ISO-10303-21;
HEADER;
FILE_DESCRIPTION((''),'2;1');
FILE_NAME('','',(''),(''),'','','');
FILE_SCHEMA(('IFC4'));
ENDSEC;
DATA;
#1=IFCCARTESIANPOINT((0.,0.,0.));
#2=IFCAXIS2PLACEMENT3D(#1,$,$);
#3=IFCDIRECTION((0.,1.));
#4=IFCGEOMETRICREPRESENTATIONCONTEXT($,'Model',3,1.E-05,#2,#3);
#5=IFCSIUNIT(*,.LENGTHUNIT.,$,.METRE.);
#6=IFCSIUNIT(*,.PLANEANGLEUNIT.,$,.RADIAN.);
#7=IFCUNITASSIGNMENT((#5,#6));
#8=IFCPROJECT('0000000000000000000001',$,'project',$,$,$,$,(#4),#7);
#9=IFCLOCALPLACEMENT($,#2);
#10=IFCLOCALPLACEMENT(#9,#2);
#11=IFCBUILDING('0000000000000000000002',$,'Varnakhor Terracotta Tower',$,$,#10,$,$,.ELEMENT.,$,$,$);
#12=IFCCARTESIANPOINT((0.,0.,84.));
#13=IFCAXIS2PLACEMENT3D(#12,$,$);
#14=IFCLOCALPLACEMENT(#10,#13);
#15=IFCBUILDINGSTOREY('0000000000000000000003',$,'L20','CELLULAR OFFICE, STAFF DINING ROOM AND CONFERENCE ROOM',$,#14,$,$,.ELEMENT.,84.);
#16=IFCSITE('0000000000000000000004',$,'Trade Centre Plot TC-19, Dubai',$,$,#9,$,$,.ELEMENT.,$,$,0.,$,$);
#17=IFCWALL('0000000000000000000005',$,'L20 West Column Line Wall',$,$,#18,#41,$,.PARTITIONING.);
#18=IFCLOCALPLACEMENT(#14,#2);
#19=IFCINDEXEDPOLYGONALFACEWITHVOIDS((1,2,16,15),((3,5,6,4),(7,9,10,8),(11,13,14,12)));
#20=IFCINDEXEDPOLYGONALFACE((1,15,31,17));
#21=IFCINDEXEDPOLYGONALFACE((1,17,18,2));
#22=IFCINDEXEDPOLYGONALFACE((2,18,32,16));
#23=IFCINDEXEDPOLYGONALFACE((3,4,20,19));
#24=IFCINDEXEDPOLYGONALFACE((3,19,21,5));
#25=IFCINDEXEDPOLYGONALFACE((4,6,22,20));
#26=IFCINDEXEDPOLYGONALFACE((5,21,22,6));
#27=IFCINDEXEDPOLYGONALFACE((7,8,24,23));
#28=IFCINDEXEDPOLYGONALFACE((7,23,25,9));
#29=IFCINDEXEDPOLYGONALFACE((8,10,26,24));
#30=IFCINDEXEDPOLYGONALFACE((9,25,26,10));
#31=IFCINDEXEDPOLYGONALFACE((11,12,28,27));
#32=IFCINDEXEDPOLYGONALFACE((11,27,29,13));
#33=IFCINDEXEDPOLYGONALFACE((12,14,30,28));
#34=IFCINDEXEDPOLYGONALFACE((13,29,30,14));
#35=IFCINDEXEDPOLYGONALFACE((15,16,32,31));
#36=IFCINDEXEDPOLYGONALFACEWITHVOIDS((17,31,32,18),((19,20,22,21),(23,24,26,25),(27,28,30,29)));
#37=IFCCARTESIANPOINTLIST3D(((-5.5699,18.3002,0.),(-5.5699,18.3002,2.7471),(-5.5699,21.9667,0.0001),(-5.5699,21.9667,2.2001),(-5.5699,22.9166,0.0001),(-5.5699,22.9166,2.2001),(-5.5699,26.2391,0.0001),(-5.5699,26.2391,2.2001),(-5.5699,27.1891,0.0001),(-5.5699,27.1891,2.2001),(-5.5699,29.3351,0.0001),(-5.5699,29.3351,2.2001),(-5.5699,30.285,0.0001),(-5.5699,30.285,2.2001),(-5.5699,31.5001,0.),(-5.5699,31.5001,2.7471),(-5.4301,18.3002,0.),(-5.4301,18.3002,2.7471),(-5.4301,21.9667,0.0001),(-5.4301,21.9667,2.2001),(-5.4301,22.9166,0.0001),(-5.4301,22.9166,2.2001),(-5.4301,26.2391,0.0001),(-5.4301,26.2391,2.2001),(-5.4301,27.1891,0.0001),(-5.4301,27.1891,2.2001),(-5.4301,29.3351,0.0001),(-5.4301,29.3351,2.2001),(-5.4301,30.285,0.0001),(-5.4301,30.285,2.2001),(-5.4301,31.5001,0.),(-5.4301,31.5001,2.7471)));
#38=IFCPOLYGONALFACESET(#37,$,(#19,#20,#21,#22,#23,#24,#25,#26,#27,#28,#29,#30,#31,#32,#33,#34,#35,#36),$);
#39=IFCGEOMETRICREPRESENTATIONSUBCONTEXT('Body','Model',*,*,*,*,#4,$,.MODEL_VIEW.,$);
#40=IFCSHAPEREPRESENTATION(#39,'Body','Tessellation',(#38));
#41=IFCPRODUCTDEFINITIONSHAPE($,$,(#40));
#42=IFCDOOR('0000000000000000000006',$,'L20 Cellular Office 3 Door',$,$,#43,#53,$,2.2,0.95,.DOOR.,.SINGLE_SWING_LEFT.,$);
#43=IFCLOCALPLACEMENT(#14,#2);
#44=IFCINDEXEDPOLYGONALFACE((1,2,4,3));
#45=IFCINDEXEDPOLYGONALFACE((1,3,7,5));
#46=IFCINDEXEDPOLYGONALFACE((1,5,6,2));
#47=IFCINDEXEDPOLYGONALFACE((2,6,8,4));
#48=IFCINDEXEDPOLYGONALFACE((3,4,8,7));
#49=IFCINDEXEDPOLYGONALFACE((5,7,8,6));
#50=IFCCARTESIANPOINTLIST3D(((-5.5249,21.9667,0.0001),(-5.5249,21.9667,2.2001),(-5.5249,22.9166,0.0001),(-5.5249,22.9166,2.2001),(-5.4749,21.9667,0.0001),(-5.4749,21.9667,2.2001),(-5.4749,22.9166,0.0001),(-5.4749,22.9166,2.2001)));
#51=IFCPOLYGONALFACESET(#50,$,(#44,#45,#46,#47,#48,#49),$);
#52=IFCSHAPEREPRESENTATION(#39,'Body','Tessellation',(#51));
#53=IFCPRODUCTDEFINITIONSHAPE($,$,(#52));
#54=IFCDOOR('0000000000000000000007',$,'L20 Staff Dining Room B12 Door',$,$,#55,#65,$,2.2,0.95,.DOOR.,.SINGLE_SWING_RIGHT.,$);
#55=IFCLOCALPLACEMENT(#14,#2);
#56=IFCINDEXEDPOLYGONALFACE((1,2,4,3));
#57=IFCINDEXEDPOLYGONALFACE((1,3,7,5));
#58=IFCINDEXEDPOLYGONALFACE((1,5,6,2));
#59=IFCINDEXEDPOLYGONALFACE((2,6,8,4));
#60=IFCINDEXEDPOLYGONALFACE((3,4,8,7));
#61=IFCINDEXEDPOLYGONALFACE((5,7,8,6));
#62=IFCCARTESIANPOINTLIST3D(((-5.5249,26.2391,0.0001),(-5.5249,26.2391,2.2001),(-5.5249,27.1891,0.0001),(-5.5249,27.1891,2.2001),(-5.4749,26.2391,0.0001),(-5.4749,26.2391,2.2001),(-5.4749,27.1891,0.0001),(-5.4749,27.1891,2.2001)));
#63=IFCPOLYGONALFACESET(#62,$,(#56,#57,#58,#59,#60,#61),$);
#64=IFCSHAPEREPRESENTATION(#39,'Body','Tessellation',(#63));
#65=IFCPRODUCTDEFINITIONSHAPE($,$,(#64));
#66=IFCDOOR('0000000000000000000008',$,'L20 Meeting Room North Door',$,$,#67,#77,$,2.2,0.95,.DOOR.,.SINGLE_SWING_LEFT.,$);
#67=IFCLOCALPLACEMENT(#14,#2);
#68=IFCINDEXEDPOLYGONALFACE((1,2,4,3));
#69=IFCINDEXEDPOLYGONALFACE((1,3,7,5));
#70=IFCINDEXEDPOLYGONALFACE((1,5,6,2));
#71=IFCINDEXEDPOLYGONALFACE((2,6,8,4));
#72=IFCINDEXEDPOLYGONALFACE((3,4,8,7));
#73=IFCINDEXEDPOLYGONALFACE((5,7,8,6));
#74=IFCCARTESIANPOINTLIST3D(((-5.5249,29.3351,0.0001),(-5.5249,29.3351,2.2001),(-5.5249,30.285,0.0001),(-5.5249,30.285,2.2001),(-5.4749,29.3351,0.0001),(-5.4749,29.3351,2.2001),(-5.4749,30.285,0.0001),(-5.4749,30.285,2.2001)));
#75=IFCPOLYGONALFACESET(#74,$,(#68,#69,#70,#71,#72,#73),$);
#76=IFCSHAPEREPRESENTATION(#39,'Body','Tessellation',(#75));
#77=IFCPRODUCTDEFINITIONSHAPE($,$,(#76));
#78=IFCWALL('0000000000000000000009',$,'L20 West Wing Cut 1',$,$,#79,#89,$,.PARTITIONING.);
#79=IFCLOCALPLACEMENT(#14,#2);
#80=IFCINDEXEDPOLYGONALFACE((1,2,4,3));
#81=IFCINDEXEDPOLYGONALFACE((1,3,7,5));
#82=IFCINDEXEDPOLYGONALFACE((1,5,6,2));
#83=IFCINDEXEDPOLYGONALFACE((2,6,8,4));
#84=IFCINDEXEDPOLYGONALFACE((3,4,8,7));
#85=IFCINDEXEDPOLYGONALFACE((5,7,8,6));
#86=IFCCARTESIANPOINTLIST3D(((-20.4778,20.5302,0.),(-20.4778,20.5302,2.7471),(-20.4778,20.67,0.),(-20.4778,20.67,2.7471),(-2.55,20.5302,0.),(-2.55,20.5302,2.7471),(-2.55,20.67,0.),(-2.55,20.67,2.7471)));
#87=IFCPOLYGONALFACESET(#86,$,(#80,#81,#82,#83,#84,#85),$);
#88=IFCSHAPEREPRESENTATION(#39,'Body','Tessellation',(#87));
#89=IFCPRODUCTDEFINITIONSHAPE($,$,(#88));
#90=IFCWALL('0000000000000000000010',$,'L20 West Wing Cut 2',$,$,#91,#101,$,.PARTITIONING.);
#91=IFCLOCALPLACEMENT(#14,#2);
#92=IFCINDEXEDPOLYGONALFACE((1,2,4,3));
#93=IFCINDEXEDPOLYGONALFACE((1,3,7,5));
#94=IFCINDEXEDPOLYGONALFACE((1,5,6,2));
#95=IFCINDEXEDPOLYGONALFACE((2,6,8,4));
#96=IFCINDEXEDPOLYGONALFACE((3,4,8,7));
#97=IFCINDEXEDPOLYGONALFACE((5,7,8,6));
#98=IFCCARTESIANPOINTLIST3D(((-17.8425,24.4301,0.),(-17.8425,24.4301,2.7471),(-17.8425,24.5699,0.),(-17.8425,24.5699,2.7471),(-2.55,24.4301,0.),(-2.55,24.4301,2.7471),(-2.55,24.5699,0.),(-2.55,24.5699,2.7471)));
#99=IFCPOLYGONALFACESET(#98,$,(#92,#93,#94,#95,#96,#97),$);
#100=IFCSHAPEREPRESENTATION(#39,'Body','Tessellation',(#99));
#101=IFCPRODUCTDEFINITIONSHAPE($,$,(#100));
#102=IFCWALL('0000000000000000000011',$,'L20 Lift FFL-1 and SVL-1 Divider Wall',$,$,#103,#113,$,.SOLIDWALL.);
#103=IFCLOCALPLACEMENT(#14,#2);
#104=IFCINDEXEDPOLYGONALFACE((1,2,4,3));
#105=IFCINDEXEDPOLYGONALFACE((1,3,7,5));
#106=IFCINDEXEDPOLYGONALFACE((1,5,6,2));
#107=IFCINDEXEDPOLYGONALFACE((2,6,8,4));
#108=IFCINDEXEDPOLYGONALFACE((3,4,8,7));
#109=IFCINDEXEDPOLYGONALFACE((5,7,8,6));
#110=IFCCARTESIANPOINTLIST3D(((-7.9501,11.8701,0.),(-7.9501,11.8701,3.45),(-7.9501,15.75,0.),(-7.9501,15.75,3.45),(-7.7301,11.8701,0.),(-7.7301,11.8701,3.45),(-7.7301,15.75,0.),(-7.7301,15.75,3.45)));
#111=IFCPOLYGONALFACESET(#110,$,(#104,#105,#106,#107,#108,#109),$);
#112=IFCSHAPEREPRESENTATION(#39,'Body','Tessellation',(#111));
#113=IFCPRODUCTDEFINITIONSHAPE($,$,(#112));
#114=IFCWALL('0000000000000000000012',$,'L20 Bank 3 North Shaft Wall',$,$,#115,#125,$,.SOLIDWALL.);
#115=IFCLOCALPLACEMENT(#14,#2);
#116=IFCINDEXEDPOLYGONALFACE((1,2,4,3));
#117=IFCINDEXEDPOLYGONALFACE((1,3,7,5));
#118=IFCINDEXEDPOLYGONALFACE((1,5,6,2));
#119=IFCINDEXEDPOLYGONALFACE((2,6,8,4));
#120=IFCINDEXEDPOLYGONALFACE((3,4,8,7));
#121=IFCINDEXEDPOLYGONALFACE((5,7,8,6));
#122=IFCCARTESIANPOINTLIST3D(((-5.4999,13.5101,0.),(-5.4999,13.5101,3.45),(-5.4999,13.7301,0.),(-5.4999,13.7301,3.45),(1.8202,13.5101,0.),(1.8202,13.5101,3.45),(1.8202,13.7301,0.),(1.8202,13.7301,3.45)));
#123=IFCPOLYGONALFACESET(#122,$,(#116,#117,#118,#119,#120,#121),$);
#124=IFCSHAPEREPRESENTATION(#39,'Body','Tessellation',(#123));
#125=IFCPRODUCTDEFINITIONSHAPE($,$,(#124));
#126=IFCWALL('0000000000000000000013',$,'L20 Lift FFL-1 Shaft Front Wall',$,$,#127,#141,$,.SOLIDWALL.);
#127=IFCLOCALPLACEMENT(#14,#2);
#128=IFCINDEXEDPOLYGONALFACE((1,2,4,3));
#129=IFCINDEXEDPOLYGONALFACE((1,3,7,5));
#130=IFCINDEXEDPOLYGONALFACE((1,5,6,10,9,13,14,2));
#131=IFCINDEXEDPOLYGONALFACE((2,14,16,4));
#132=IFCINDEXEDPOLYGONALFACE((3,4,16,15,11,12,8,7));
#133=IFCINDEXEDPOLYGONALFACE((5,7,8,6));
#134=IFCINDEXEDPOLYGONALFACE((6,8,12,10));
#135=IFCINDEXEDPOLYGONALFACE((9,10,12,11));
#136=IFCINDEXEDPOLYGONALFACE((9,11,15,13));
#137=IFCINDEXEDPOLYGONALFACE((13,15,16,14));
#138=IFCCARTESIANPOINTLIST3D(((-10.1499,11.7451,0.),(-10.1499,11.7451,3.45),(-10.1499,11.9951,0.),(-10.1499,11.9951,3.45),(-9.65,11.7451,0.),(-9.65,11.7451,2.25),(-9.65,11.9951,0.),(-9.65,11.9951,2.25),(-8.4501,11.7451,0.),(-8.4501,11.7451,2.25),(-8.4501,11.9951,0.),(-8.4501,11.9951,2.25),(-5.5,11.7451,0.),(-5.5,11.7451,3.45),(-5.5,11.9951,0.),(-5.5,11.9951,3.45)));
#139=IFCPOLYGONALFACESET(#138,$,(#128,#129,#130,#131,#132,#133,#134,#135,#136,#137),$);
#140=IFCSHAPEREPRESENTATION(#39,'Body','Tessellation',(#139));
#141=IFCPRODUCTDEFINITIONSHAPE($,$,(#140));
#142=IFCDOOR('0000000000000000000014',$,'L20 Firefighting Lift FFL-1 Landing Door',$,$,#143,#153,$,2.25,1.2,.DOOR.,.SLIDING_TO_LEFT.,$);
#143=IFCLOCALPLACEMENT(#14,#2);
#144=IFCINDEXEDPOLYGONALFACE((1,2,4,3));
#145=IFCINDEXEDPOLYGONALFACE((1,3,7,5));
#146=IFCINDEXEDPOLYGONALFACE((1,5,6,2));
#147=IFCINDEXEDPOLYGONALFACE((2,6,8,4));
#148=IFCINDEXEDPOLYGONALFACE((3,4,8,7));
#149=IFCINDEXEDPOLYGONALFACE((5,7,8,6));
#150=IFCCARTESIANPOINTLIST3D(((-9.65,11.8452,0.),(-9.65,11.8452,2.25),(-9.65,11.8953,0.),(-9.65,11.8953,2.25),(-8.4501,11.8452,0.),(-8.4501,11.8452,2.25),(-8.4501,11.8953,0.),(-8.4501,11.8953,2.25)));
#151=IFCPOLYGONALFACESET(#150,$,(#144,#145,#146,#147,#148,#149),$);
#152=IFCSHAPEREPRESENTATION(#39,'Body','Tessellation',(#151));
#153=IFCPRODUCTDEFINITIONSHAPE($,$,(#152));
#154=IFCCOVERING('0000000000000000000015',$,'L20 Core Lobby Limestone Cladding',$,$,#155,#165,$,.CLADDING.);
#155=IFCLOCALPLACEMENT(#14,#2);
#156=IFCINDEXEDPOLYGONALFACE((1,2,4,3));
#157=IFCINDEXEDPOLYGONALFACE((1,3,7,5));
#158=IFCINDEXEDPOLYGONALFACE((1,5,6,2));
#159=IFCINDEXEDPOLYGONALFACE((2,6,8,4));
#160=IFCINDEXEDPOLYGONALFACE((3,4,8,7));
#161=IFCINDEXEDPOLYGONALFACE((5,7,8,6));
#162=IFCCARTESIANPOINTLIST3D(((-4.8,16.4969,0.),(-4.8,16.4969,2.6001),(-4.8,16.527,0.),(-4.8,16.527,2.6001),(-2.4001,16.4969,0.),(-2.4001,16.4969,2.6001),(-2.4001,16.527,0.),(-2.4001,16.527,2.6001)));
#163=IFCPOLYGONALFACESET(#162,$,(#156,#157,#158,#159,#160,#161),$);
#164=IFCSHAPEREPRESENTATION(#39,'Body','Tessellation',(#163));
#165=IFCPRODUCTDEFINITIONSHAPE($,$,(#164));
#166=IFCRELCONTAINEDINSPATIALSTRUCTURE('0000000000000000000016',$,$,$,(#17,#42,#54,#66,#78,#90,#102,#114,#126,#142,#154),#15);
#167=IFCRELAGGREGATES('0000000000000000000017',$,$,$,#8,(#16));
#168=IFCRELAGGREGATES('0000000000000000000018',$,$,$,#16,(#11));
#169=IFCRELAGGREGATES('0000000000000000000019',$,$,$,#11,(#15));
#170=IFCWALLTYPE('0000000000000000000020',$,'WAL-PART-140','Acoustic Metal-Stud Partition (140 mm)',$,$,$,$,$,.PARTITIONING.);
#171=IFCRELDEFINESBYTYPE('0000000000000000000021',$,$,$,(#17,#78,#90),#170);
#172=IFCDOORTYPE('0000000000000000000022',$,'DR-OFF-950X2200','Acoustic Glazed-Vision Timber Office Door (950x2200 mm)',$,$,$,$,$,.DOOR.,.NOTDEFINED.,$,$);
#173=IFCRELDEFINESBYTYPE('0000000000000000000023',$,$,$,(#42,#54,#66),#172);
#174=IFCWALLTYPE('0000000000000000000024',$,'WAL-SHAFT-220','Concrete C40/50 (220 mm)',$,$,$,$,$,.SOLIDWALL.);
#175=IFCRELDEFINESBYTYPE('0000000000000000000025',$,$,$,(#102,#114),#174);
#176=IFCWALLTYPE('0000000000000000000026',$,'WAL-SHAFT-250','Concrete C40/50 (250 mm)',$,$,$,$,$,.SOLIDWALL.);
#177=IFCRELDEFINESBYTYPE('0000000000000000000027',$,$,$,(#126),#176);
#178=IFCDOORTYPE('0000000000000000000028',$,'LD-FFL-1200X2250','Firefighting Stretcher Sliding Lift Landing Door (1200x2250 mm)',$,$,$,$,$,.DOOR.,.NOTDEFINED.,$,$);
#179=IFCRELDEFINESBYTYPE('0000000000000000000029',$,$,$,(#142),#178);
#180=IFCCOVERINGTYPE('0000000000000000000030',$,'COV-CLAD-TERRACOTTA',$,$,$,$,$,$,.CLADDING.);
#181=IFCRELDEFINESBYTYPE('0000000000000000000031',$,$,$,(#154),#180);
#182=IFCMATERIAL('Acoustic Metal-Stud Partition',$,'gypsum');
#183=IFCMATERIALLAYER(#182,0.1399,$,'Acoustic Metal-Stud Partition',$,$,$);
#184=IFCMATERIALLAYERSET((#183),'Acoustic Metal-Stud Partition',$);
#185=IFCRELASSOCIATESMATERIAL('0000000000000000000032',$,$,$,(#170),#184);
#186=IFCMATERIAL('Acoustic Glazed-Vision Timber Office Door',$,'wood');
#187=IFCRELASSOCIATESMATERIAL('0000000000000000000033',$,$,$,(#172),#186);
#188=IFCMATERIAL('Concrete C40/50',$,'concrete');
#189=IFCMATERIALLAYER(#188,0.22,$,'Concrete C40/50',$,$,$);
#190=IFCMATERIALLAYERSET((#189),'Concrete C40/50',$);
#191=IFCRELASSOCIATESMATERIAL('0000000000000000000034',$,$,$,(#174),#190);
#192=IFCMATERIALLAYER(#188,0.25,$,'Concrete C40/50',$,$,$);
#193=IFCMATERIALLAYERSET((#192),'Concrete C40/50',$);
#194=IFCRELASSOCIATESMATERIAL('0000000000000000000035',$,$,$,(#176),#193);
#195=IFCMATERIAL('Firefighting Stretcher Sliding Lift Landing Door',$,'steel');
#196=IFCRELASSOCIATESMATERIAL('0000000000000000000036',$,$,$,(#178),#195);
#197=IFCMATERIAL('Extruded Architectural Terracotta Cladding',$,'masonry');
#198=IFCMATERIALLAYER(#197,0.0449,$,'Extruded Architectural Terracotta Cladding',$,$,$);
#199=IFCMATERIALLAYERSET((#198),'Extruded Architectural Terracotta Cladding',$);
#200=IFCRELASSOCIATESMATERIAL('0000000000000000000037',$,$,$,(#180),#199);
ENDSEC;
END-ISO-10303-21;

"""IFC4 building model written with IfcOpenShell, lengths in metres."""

from ifc_helpers import new_model, si_unit, direction, frame, frame_2d, origin, origin_2d, place, context, subcontext, project, spatial, rectangle, extrude, source, transform, mapped, material, layer, layer_set, type_object, type_shapes, element, fill, save


model = new_model("IFC4")

# Units and contexts
model_context = context("Model", 3, precision=1e-05, world=origin(), true_north=direction((0.0, 1.0)))
body_context = subcontext(model_context, "Body", "Model", "MODEL_VIEW")
ifc_project = project(units=[si_unit("LENGTHUNIT", "METRE"), si_unit("PLANEANGLEUNIT", "RADIAN")], contexts=[model_context])

# Site, building, storey
site_placement = place(None, origin())
site = spatial("IfcSite", under=ifc_project, at=site_placement, Name="Trade Centre Plot TC-19, Dubai", CompositionType="ELEMENT", RefElevation=0.0)
building_placement = place(site_placement, origin())
building = spatial("IfcBuilding", under=site, at=building_placement, Name="Varnakhor Terracotta Tower", CompositionType="ELEMENT")
storey_placement = place(building_placement, frame((0.0, 0.0, 84.0)))
storey = spatial("IfcBuildingStorey", under=building, at=storey_placement, Name="L20", Description="CELLULAR OFFICE, STAFF DINING ROOM AND CONFERENCE ROOM", CompositionType="ELEMENT", Elevation=84.0)

# Wall, openings, doors
ifc_material_1 = material(Name="Acoustic Metal-Stud Partition", Category="gypsum")
ifc_layer_1 = layer(ifc_material_1, 0.1399, Name="Acoustic Metal-Stud Partition")
ifc_layer_set_1 = layer_set([ifc_layer_1], Name="Acoustic Metal-Stud Partition")
wall_type_1 = type_object("IfcWallType", Name="WAL-PART-140", Description="Acoustic Metal-Stud Partition (140 mm)", PredefinedType="PARTITIONING", material=ifc_layer_set_1)
wall_1_placement = place(storey_placement, frame((-5.5, 18.3, 0.0), z_axis=(0.0, 0.0, 1.0), x_axis=(0.0, 1.0, 0.0)))
wall_1 = element("IfcWall", 1, at=wall_1_placement, inside=storey, type_object=wall_type_1, Name="L20 West Column Line Wall", PredefinedType="PARTITIONING", context=body_context, shape_type="SweptSolid", body=[
    extrude(rectangle(XDim=13.2, YDim=0.1399, at=frame_2d((6.6001, 0.0))), origin(), (0.0, 0.0, 1.0), 2.7471),
])
opening_1_placement = place(wall_1_placement, frame((3.6665, 0.0, 0.0)))
opening_1 = element("IfcOpeningElement", 2, at=opening_1_placement, cuts=wall_1, PredefinedType="OPENING", context=body_context, shape_type="SweptSolid", body=[
    extrude(rectangle(XDim=0.95, YDim=2.2, at=frame_2d((0.4751, 1.1001))), frame((0.0, 0.0801, 0.0), z_axis=(0.0, -1.0, 0.0), x_axis=(1.0, 0.0, 0.0)), (0.0, 0.0, 1.0), 0.1599),
])
opening_2_placement = place(wall_1_placement, frame((7.939, 0.0, 0.0)))
opening_2 = element("IfcOpeningElement", 3, at=opening_2_placement, cuts=wall_1, PredefinedType="OPENING", context=body_context, shape_type="SweptSolid", body=[
    extrude(rectangle(XDim=0.95, YDim=2.2, at=frame_2d((0.4751, 1.1001))), frame((0.0, 0.0801, 0.0), z_axis=(0.0, -1.0, 0.0), x_axis=(1.0, 0.0, 0.0)), (0.0, 0.0, 1.0), 0.1599),
])
opening_3_placement = place(wall_1_placement, frame((11.0349, 0.0, 0.0)))
opening_3 = element("IfcOpeningElement", 4, at=opening_3_placement, cuts=wall_1, PredefinedType="OPENING", context=body_context, shape_type="SweptSolid", body=[
    extrude(rectangle(XDim=0.95, YDim=2.2, at=frame_2d((0.4751, 1.1001))), frame((0.0, 0.0801, 0.0), z_axis=(0.0, -1.0, 0.0), x_axis=(1.0, 0.0, 0.0)), (0.0, 0.0, 1.0), 0.1599),
])
ifc_material_2 = material(Name="Acoustic Glazed-Vision Timber Office Door", Category="wood")
door_type_1 = type_object("IfcDoorType", Name="DR-OFF-950X2200", Description="Acoustic Glazed-Vision Timber Office Door (950x2200 mm)", OperationType="NOTDEFINED", PredefinedType="DOOR", material=ifc_material_2)
shared_shape_1 = source(origin(), body_context, "Body", "SweptSolid", [
    extrude(rectangle(XDim=0.95, YDim=2.2, at=frame_2d((0.4751, 1.1001))), frame((0.0, 0.0249, 0.0), z_axis=(0.0, -1.0, 0.0), x_axis=(1.0, 0.0, 0.0)), (0.0, 0.0, 1.0), 0.05),
])
type_shapes(door_type_1, [shared_shape_1])
door_1_placement = place(opening_1_placement, origin())
door_1 = element("IfcDoor", 5, at=door_1_placement, inside=storey, type_object=door_type_1, Name="L20 Cellular Office 3 Door", OperationType="SINGLE_SWING_LEFT", OverallHeight=2.2, OverallWidth=0.95, PredefinedType="DOOR", context=body_context, shape_type="MappedRepresentation", body=[
    mapped(shared_shape_1, transform((0.0, 0.0, 0.0), scale=1.0)),
])
fill(opening_1, door_1)
door_2_placement = place(opening_2_placement, origin())
door_2 = element("IfcDoor", 6, at=door_2_placement, inside=storey, type_object=door_type_1, Name="L20 Staff Dining Room B12 Door", OperationType="SINGLE_SWING_RIGHT", OverallHeight=2.2, OverallWidth=0.95, PredefinedType="DOOR", context=body_context, shape_type="MappedRepresentation", body=[
    mapped(shared_shape_1, transform((0.0, 0.0, 0.0), scale=1.0)),
])
fill(opening_2, door_2)
door_3_placement = place(opening_3_placement, origin())
door_3 = element("IfcDoor", 7, at=door_3_placement, inside=storey, type_object=door_type_1, Name="L20 Meeting Room North Door", OperationType="SINGLE_SWING_LEFT", OverallHeight=2.2, OverallWidth=0.95, PredefinedType="DOOR", context=body_context, shape_type="MappedRepresentation", body=[
    mapped(shared_shape_1, transform((0.0, 0.0, 0.0), scale=1.0)),
])
fill(opening_3, door_3)

# Walls
wall_2_placement = place(storey_placement, frame((-20.4778, 20.6001, 0.0), z_axis=(0.0, 0.0, 1.0), x_axis=(1.0, 0.0, 0.0)))
element("IfcWall", 8, at=wall_2_placement, inside=storey, type_object=wall_type_1, Name="L20 West Wing Cut 1", PredefinedType="PARTITIONING", context=body_context, shape_type="SweptSolid", body=[
    extrude(rectangle(XDim=17.9277, YDim=0.1399, at=frame_2d((8.9639, 0.0))), origin(), (0.0, 0.0, 1.0), 2.7471),
])
wall_3_placement = place(storey_placement, frame((-17.8425, 24.5, 0.0), z_axis=(0.0, 0.0, 1.0), x_axis=(1.0, 0.0, 0.0)))
element("IfcWall", 9, at=wall_3_placement, inside=storey, type_object=wall_type_1, Name="L20 West Wing Cut 2", PredefinedType="PARTITIONING", context=body_context, shape_type="SweptSolid", body=[
    extrude(rectangle(XDim=15.2925, YDim=0.1399, at=frame_2d((7.6462, 0.0))), origin(), (0.0, 0.0, 1.0), 2.7471),
])
ifc_material_3 = material(Name="Concrete C40/50", Category="concrete")
ifc_layer_2 = layer(ifc_material_3, 0.22, Name="Concrete C40/50")
ifc_layer_set_2 = layer_set([ifc_layer_2], Name="Concrete C40/50")
wall_type_2 = type_object("IfcWallType", Name="WAL-SHAFT-220", Description="Concrete C40/50 (220 mm)", PredefinedType="SOLIDWALL", material=ifc_layer_set_2)
wall_4_placement = place(storey_placement, frame((-7.8401, 11.8701, 0.0), z_axis=(0.0, 0.0, 1.0), x_axis=(0.0, 1.0, 0.0)))
element("IfcWall", 10, at=wall_4_placement, inside=storey, type_object=wall_type_2, Name="L20 Lift FFL-1 and SVL-1 Divider Wall", PredefinedType="SOLIDWALL", context=body_context, shape_type="SweptSolid", body=[
    extrude(rectangle(XDim=3.8799, YDim=0.22, at=frame_2d((1.9399, 0.0))), origin(), (0.0, 0.0, 1.0), 3.45),
])
wall_5_placement = place(storey_placement, frame((-5.5, 13.6201, 0.0), z_axis=(0.0, 0.0, 1.0), x_axis=(1.0, 0.0, 0.0)))
element("IfcWall", 11, at=wall_5_placement, inside=storey, type_object=wall_type_2, Name="L20 Bank 3 North Shaft Wall", PredefinedType="SOLIDWALL", context=body_context, shape_type="SweptSolid", body=[
    extrude(rectangle(XDim=7.3201, YDim=0.22, at=frame_2d((3.6602, 0.0))), origin(), (0.0, 0.0, 1.0), 3.45),
])

# Wall, opening, door
ifc_layer_3 = layer(ifc_material_3, 0.25, Name="Concrete C40/50")
ifc_layer_set_3 = layer_set([ifc_layer_3], Name="Concrete C40/50")
wall_type_3 = type_object("IfcWallType", Name="WAL-SHAFT-250", Description="Concrete C40/50 (250 mm)", PredefinedType="SOLIDWALL", material=ifc_layer_set_3)
wall_6_placement = place(storey_placement, frame((-5.5, 11.8701, 0.0), z_axis=(0.0, 0.0, 1.0), x_axis=(-1.0, 0.0, 0.0)))
wall_6 = element("IfcWall", 12, at=wall_6_placement, inside=storey, type_object=wall_type_3, Name="L20 Lift FFL-1 Shaft Front Wall", PredefinedType="SOLIDWALL", context=body_context, shape_type="SweptSolid", body=[
    extrude(rectangle(XDim=4.6499, YDim=0.25, at=frame_2d((2.325, 0.0))), origin(), (0.0, 0.0, 1.0), 3.45),
])
opening_4_placement = place(wall_6_placement, frame((2.95, 0.0, 0.0)))
opening_4 = element("IfcOpeningElement", 13, at=opening_4_placement, cuts=wall_6, PredefinedType="OPENING", context=body_context, shape_type="SweptSolid", body=[
    extrude(rectangle(XDim=1.2, YDim=2.25, at=frame_2d((0.6001, 1.125))), frame((0.0, 0.135, 0.0), z_axis=(0.0, -1.0, 0.0), x_axis=(1.0, 0.0, 0.0)), (0.0, 0.0, 1.0), 0.27),
])
ifc_material_4 = material(Name="Firefighting Stretcher Sliding Lift Landing Door", Category="steel")
door_type_2 = type_object("IfcDoorType", Name="LD-FFL-1200X2250", Description="Firefighting Stretcher Sliding Lift Landing Door (1200x2250 mm)", OperationType="NOTDEFINED", PredefinedType="DOOR", material=ifc_material_4)
shared_shape_2 = source(origin(), body_context, "Body", "SweptSolid", [
    extrude(rectangle(XDim=1.2, YDim=2.25, at=frame_2d((0.6001, 1.125))), frame((0.0, 0.0249, 0.0), z_axis=(0.0, -1.0, 0.0), x_axis=(1.0, 0.0, 0.0)), (0.0, 0.0, 1.0), 0.05),
])
type_shapes(door_type_2, [shared_shape_2])
door_4_placement = place(opening_4_placement, origin())
door_4 = element("IfcDoor", 14, at=door_4_placement, inside=storey, type_object=door_type_2, Name="L20 Firefighting Lift FFL-1 Landing Door", OperationType="SLIDING_TO_LEFT", OverallHeight=2.25, OverallWidth=1.2, PredefinedType="DOOR", context=body_context, shape_type="MappedRepresentation", body=[
    mapped(shared_shape_2, transform((0.0, 0.0, 0.0), scale=1.0)),
])
fill(opening_4, door_4)

# Covering
ifc_material_5 = material(Name="Extruded Architectural Terracotta Cladding", Category="masonry")
ifc_layer_4 = layer(ifc_material_5, 0.0449, Name="Extruded Architectural Terracotta Cladding")
ifc_layer_set_4 = layer_set([ifc_layer_4], Name="Extruded Architectural Terracotta Cladding")
covering_type_1 = type_object("IfcCoveringType", Name="COV-CLAD-TERRACOTTA", PredefinedType="CLADDING", material=ifc_layer_set_4)
shared_shape_3 = source(origin(), body_context, "Body", "SweptSolid", [
    extrude(rectangle(XDim=2.3999, YDim=0.03, at=origin_2d()), origin(), (0.0, 0.0, 1.0), 2.6001),
])
type_shapes(covering_type_1, [shared_shape_3])
covering_1_placement = place(storey_placement, frame((-3.6001, 16.512, 0.0), z_axis=(0.0, 0.0, 1.0), x_axis=(1.0, 0.0, 0.0)))
element("IfcCovering", 15, at=covering_1_placement, inside=storey, type_object=covering_type_1, Name="L20 Core Lobby Limestone Cladding", PredefinedType="CLADDING", context=body_context, shape_type="MappedRepresentation", body=[
    mapped(shared_shape_3, transform((0.0, 0.0, 0.0), scale=1.0)),
])

save(model, "model.ifc")
